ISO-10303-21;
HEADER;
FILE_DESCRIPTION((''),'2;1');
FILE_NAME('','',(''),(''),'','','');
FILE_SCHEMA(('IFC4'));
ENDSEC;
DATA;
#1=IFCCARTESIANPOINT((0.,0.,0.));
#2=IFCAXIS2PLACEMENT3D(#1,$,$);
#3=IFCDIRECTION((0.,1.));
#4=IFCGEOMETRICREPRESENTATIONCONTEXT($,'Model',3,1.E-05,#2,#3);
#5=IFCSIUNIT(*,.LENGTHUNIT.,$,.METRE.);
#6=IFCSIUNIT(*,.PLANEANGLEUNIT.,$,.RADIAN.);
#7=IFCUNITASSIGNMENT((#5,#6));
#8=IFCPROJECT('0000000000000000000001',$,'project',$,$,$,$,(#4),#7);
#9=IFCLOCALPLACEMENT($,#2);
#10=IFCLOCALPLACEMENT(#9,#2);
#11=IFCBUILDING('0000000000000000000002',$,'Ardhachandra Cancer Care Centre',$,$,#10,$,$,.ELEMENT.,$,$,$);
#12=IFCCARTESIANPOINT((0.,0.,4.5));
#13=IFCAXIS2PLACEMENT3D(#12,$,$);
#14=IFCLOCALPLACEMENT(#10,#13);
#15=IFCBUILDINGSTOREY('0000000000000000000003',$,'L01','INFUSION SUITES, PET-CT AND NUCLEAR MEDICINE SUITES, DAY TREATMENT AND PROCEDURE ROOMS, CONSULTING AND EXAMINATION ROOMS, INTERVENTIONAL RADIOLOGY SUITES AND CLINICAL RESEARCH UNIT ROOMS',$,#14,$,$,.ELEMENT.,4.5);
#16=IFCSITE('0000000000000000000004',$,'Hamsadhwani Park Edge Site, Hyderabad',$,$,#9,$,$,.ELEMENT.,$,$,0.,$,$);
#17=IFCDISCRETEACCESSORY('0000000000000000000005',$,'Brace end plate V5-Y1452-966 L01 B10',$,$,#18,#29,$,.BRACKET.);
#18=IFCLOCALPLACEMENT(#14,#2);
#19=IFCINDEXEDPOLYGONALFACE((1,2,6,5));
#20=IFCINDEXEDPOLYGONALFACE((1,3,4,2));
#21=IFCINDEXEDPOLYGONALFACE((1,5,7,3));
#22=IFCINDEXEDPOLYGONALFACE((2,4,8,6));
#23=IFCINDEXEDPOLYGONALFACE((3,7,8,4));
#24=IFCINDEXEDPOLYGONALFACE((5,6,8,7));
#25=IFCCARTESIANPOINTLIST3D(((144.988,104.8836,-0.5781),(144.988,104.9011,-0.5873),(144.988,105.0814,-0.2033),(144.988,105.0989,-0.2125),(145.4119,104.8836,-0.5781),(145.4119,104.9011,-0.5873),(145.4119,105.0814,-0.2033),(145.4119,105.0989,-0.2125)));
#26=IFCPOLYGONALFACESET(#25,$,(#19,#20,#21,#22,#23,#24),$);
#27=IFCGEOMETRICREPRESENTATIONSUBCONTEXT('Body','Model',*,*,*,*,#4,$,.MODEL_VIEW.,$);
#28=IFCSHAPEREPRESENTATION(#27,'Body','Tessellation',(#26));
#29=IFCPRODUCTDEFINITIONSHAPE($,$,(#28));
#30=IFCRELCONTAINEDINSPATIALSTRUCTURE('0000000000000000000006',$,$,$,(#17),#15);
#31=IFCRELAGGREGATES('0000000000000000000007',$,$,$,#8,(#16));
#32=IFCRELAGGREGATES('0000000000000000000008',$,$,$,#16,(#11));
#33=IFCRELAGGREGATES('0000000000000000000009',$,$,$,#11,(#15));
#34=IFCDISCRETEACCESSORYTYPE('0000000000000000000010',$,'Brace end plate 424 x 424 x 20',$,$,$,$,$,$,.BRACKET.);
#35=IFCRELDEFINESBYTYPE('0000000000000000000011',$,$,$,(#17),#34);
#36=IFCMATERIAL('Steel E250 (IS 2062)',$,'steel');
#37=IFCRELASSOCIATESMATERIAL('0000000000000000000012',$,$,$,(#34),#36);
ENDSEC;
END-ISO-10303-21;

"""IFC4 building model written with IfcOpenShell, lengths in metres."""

from ifc_helpers import new_model, si_unit, direction, frame, origin, origin_2d, place, context, subcontext, project, spatial, rectangle, extrude, material, material_profile, profile_set, type_object, element, save


model = new_model("IFC4")

# Units and contexts
model_context = context("Model", 3, precision=1e-05, world=origin(), true_north=direction((0.0, 1.0)))
body_context = subcontext(model_context, "Body", "Model", "MODEL_VIEW")
ifc_project = project(units=[si_unit("LENGTHUNIT", "METRE"), si_unit("PLANEANGLEUNIT", "RADIAN")], contexts=[model_context])

# Site, building, storey
site_placement = place(None, origin())
site = spatial("IfcSite", under=ifc_project, at=site_placement, Name="Hamsadhwani Park Edge Site, Hyderabad", CompositionType="ELEMENT", RefElevation=0.0)
building_placement = place(site_placement, origin())
building = spatial("IfcBuilding", under=site, at=building_placement, Name="Ardhachandra Cancer Care Centre", CompositionType="ELEMENT")
storey_placement = place(building_placement, frame((0.0, 0.0, 4.5)))
storey = spatial("IfcBuildingStorey", under=building, at=storey_placement, Name="L01", Description="INFUSION SUITES, PET-CT AND NUCLEAR MEDICINE SUITES, DAY TREATMENT AND PROCEDURE ROOMS, CONSULTING AND EXAMINATION ROOMS, INTERVENTIONAL RADIOLOGY SUITES AND CLINICAL RESEARCH UNIT ROOMS", CompositionType="ELEMENT", Elevation=4.5)

# Discrete accessory
ifc_material_1 = material(Name="Steel E250 (IS 2062)", Category="steel")
ifc_material_profile_1 = material_profile(ifc_material_1, rectangle(XDim=0.4238, YDim=0.4238, at=origin_2d()), Name="PL 424x424x20")
ifc_profile_set_1 = profile_set([ifc_material_profile_1], Name="Steel E250 (IS 2062)")
discrete_accessory_type = type_object("IfcDiscreteAccessoryType", Name="Brace end plate 424 x 424 x 20", PredefinedType="BRACKET", material=ifc_profile_set_1)
discrete_accessory_1_placement = place(storey_placement, frame((145.2, 105.0, -0.3999), z_axis=(0.0, -0.884385, 0.466759), x_axis=(1.0, 0.0, 0.0)))
element("IfcDiscreteAccessory", 1, at=discrete_accessory_1_placement, inside=storey, type_object=discrete_accessory_type, Name="Brace end plate V5-Y1452-966 L01 B10", PredefinedType="BRACKET", context=body_context, shape_type="SweptSolid", body=[
    extrude(rectangle(XDim=0.4238, YDim=0.4238, at=origin_2d()), origin(), (0.0, 0.0, 1.0), 0.0198),
])

save(model, "model.ifc")
